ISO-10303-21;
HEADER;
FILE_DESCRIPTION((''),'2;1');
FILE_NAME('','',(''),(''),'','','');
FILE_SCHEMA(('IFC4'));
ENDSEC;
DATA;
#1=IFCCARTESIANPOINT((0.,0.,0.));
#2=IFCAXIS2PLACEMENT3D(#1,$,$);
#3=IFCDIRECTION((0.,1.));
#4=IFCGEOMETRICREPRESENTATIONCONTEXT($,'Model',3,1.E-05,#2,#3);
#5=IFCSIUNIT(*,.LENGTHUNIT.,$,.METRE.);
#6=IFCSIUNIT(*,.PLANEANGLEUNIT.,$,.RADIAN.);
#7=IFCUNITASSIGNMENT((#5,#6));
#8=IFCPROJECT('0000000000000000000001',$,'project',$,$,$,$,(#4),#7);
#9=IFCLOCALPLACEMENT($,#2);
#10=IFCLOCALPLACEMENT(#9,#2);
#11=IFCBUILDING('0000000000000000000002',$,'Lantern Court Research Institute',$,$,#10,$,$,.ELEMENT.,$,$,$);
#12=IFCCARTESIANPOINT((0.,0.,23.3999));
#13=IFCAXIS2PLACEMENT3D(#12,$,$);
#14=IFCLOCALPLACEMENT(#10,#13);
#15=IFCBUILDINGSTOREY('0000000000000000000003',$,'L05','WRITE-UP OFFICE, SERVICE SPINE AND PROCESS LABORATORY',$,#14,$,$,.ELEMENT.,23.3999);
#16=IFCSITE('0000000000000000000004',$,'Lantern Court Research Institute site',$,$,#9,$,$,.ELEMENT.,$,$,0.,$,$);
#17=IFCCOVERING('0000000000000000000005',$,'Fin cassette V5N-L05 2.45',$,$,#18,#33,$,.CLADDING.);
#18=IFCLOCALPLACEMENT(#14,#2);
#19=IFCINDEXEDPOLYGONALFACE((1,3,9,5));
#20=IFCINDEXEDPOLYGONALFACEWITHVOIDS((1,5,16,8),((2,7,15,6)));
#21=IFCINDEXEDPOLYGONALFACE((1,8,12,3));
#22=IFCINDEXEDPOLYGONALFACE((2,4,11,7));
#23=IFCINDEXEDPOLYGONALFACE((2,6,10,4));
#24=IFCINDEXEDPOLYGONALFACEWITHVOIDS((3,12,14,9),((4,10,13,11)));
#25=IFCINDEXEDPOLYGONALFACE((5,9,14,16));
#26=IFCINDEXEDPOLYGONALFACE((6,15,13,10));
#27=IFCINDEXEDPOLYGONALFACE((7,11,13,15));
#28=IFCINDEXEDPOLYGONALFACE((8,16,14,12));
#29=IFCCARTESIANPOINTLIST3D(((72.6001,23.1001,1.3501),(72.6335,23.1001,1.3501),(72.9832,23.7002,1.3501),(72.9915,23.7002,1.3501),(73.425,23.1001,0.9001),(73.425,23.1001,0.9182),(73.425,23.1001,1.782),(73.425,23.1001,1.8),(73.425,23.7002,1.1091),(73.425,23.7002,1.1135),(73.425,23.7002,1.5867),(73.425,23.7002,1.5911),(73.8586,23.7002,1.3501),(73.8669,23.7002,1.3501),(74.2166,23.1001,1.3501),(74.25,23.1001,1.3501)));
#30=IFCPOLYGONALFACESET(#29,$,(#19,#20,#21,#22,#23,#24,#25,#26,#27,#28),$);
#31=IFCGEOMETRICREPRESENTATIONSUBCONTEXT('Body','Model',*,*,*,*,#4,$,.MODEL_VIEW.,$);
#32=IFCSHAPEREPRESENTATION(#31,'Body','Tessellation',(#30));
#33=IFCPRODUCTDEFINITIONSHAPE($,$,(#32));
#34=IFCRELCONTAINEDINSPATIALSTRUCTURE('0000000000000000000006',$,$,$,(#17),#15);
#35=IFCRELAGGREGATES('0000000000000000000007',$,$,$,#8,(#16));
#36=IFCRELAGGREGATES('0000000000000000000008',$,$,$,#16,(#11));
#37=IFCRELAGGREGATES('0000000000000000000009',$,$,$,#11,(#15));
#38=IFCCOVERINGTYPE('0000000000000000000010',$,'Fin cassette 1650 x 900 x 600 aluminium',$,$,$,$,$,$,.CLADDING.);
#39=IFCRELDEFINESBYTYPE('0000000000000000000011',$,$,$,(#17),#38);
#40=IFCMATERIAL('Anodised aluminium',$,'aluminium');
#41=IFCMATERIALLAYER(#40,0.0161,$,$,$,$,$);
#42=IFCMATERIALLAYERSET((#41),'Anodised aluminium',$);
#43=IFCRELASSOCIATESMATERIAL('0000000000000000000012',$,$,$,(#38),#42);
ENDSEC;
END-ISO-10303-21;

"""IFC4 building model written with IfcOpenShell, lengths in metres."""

from ifc_helpers import new_model, entity, si_unit, direction, frame, origin, place, context, subcontext, project, spatial, material, layer, layer_set, type_object, element, save


model = new_model("IFC4")

# Units and contexts
model_context = context("Model", 3, precision=1e-05, world=origin(), true_north=direction((0.0, 1.0)))
body_context = subcontext(model_context, "Body", "Model", "MODEL_VIEW")
ifc_project = project(units=[si_unit("LENGTHUNIT", "METRE"), si_unit("PLANEANGLEUNIT", "RADIAN")], contexts=[model_context])

# Site, building, storey
site_placement = place(None, origin())
site = spatial("IfcSite", under=ifc_project, at=site_placement, Name="Lantern Court Research Institute site", CompositionType="ELEMENT", RefElevation=0.0)
building_placement = place(site_placement, origin())
building = spatial("IfcBuilding", under=site, at=building_placement, Name="Lantern Court Research Institute", CompositionType="ELEMENT")
storey_placement = place(building_placement, frame((0.0, 0.0, 23.3999)))
storey = spatial("IfcBuildingStorey", under=building, at=storey_placement, Name="L05", Description="WRITE-UP OFFICE, SERVICE SPINE AND PROCESS LABORATORY", CompositionType="ELEMENT", Elevation=23.3999)

# Covering
ifc_material_1 = material(Name="Anodised aluminium", Category="aluminium")
ifc_layer_1 = layer(ifc_material_1, 0.0161)
ifc_layer_set_1 = layer_set([ifc_layer_1], Name="Anodised aluminium")
covering_type = type_object("IfcCoveringType", Name="Fin cassette 1650 x 900 x 600 aluminium", PredefinedType="CLADDING", material=ifc_layer_set_1)
covering_1_placement = place(storey_placement, frame((73.425, 23.1001, 1.3501), z_axis=(0.0, 1.0, 0.0), x_axis=(-1.0, 0.0, 0.0)))
cartesian_point_1 = entity("IfcCartesianPoint", [0.825, 0.0])
cartesian_point_2 = entity("IfcCartesianPoint", [0.7915, 0.0])
cartesian_point_3 = entity("IfcCartesianPoint", [0.4419, 0.0])
cartesian_point_4 = entity("IfcCartesianPoint", [0.4336, 0.0])
element("IfcCovering", 1, at=covering_1_placement, inside=storey, type_object=covering_type, Name="Fin cassette V5N-L05 2.45", PredefinedType="CLADDING", context=body_context, shape_type="SweptSolid", body=[
    entity("IfcExtrudedAreaSolidTapered", entity("IfcArbitraryProfileDefWithVoids", "AREA", None, entity("IfcPolyline", [cartesian_point_1, entity("IfcCartesianPoint", [0.0, 0.45]), entity("IfcCartesianPoint", [-0.825, 0.0]), entity("IfcCartesianPoint", [0.0, -0.45]), cartesian_point_1]), [entity("IfcPolyline", [cartesian_point_2, entity("IfcCartesianPoint", [0.0, 0.4319]), entity("IfcCartesianPoint", [-0.7915, 0.0]), entity("IfcCartesianPoint", [0.0, -0.4319]), cartesian_point_2])]), entity("IfcAxis2Placement3D", entity("IfcCartesianPoint", [0.0, 0.0, 0.0])), entity("IfcDirection", [0.0, 0.0, 1.0]), 0.6001, entity("IfcArbitraryProfileDefWithVoids", "AREA", None, entity("IfcPolyline", [cartesian_point_3, entity("IfcCartesianPoint", [0.0, 0.241]), entity("IfcCartesianPoint", [-0.4419, 0.0]), entity("IfcCartesianPoint", [0.0, -0.241]), cartesian_point_3]), [entity("IfcPolyline", [cartesian_point_4, entity("IfcCartesianPoint", [0.0, 0.2366]), entity("IfcCartesianPoint", [-0.4336, 0.0]), entity("IfcCartesianPoint", [0.0, -0.2366]), cartesian_point_4])])),
])

save(model, "model.ifc")
